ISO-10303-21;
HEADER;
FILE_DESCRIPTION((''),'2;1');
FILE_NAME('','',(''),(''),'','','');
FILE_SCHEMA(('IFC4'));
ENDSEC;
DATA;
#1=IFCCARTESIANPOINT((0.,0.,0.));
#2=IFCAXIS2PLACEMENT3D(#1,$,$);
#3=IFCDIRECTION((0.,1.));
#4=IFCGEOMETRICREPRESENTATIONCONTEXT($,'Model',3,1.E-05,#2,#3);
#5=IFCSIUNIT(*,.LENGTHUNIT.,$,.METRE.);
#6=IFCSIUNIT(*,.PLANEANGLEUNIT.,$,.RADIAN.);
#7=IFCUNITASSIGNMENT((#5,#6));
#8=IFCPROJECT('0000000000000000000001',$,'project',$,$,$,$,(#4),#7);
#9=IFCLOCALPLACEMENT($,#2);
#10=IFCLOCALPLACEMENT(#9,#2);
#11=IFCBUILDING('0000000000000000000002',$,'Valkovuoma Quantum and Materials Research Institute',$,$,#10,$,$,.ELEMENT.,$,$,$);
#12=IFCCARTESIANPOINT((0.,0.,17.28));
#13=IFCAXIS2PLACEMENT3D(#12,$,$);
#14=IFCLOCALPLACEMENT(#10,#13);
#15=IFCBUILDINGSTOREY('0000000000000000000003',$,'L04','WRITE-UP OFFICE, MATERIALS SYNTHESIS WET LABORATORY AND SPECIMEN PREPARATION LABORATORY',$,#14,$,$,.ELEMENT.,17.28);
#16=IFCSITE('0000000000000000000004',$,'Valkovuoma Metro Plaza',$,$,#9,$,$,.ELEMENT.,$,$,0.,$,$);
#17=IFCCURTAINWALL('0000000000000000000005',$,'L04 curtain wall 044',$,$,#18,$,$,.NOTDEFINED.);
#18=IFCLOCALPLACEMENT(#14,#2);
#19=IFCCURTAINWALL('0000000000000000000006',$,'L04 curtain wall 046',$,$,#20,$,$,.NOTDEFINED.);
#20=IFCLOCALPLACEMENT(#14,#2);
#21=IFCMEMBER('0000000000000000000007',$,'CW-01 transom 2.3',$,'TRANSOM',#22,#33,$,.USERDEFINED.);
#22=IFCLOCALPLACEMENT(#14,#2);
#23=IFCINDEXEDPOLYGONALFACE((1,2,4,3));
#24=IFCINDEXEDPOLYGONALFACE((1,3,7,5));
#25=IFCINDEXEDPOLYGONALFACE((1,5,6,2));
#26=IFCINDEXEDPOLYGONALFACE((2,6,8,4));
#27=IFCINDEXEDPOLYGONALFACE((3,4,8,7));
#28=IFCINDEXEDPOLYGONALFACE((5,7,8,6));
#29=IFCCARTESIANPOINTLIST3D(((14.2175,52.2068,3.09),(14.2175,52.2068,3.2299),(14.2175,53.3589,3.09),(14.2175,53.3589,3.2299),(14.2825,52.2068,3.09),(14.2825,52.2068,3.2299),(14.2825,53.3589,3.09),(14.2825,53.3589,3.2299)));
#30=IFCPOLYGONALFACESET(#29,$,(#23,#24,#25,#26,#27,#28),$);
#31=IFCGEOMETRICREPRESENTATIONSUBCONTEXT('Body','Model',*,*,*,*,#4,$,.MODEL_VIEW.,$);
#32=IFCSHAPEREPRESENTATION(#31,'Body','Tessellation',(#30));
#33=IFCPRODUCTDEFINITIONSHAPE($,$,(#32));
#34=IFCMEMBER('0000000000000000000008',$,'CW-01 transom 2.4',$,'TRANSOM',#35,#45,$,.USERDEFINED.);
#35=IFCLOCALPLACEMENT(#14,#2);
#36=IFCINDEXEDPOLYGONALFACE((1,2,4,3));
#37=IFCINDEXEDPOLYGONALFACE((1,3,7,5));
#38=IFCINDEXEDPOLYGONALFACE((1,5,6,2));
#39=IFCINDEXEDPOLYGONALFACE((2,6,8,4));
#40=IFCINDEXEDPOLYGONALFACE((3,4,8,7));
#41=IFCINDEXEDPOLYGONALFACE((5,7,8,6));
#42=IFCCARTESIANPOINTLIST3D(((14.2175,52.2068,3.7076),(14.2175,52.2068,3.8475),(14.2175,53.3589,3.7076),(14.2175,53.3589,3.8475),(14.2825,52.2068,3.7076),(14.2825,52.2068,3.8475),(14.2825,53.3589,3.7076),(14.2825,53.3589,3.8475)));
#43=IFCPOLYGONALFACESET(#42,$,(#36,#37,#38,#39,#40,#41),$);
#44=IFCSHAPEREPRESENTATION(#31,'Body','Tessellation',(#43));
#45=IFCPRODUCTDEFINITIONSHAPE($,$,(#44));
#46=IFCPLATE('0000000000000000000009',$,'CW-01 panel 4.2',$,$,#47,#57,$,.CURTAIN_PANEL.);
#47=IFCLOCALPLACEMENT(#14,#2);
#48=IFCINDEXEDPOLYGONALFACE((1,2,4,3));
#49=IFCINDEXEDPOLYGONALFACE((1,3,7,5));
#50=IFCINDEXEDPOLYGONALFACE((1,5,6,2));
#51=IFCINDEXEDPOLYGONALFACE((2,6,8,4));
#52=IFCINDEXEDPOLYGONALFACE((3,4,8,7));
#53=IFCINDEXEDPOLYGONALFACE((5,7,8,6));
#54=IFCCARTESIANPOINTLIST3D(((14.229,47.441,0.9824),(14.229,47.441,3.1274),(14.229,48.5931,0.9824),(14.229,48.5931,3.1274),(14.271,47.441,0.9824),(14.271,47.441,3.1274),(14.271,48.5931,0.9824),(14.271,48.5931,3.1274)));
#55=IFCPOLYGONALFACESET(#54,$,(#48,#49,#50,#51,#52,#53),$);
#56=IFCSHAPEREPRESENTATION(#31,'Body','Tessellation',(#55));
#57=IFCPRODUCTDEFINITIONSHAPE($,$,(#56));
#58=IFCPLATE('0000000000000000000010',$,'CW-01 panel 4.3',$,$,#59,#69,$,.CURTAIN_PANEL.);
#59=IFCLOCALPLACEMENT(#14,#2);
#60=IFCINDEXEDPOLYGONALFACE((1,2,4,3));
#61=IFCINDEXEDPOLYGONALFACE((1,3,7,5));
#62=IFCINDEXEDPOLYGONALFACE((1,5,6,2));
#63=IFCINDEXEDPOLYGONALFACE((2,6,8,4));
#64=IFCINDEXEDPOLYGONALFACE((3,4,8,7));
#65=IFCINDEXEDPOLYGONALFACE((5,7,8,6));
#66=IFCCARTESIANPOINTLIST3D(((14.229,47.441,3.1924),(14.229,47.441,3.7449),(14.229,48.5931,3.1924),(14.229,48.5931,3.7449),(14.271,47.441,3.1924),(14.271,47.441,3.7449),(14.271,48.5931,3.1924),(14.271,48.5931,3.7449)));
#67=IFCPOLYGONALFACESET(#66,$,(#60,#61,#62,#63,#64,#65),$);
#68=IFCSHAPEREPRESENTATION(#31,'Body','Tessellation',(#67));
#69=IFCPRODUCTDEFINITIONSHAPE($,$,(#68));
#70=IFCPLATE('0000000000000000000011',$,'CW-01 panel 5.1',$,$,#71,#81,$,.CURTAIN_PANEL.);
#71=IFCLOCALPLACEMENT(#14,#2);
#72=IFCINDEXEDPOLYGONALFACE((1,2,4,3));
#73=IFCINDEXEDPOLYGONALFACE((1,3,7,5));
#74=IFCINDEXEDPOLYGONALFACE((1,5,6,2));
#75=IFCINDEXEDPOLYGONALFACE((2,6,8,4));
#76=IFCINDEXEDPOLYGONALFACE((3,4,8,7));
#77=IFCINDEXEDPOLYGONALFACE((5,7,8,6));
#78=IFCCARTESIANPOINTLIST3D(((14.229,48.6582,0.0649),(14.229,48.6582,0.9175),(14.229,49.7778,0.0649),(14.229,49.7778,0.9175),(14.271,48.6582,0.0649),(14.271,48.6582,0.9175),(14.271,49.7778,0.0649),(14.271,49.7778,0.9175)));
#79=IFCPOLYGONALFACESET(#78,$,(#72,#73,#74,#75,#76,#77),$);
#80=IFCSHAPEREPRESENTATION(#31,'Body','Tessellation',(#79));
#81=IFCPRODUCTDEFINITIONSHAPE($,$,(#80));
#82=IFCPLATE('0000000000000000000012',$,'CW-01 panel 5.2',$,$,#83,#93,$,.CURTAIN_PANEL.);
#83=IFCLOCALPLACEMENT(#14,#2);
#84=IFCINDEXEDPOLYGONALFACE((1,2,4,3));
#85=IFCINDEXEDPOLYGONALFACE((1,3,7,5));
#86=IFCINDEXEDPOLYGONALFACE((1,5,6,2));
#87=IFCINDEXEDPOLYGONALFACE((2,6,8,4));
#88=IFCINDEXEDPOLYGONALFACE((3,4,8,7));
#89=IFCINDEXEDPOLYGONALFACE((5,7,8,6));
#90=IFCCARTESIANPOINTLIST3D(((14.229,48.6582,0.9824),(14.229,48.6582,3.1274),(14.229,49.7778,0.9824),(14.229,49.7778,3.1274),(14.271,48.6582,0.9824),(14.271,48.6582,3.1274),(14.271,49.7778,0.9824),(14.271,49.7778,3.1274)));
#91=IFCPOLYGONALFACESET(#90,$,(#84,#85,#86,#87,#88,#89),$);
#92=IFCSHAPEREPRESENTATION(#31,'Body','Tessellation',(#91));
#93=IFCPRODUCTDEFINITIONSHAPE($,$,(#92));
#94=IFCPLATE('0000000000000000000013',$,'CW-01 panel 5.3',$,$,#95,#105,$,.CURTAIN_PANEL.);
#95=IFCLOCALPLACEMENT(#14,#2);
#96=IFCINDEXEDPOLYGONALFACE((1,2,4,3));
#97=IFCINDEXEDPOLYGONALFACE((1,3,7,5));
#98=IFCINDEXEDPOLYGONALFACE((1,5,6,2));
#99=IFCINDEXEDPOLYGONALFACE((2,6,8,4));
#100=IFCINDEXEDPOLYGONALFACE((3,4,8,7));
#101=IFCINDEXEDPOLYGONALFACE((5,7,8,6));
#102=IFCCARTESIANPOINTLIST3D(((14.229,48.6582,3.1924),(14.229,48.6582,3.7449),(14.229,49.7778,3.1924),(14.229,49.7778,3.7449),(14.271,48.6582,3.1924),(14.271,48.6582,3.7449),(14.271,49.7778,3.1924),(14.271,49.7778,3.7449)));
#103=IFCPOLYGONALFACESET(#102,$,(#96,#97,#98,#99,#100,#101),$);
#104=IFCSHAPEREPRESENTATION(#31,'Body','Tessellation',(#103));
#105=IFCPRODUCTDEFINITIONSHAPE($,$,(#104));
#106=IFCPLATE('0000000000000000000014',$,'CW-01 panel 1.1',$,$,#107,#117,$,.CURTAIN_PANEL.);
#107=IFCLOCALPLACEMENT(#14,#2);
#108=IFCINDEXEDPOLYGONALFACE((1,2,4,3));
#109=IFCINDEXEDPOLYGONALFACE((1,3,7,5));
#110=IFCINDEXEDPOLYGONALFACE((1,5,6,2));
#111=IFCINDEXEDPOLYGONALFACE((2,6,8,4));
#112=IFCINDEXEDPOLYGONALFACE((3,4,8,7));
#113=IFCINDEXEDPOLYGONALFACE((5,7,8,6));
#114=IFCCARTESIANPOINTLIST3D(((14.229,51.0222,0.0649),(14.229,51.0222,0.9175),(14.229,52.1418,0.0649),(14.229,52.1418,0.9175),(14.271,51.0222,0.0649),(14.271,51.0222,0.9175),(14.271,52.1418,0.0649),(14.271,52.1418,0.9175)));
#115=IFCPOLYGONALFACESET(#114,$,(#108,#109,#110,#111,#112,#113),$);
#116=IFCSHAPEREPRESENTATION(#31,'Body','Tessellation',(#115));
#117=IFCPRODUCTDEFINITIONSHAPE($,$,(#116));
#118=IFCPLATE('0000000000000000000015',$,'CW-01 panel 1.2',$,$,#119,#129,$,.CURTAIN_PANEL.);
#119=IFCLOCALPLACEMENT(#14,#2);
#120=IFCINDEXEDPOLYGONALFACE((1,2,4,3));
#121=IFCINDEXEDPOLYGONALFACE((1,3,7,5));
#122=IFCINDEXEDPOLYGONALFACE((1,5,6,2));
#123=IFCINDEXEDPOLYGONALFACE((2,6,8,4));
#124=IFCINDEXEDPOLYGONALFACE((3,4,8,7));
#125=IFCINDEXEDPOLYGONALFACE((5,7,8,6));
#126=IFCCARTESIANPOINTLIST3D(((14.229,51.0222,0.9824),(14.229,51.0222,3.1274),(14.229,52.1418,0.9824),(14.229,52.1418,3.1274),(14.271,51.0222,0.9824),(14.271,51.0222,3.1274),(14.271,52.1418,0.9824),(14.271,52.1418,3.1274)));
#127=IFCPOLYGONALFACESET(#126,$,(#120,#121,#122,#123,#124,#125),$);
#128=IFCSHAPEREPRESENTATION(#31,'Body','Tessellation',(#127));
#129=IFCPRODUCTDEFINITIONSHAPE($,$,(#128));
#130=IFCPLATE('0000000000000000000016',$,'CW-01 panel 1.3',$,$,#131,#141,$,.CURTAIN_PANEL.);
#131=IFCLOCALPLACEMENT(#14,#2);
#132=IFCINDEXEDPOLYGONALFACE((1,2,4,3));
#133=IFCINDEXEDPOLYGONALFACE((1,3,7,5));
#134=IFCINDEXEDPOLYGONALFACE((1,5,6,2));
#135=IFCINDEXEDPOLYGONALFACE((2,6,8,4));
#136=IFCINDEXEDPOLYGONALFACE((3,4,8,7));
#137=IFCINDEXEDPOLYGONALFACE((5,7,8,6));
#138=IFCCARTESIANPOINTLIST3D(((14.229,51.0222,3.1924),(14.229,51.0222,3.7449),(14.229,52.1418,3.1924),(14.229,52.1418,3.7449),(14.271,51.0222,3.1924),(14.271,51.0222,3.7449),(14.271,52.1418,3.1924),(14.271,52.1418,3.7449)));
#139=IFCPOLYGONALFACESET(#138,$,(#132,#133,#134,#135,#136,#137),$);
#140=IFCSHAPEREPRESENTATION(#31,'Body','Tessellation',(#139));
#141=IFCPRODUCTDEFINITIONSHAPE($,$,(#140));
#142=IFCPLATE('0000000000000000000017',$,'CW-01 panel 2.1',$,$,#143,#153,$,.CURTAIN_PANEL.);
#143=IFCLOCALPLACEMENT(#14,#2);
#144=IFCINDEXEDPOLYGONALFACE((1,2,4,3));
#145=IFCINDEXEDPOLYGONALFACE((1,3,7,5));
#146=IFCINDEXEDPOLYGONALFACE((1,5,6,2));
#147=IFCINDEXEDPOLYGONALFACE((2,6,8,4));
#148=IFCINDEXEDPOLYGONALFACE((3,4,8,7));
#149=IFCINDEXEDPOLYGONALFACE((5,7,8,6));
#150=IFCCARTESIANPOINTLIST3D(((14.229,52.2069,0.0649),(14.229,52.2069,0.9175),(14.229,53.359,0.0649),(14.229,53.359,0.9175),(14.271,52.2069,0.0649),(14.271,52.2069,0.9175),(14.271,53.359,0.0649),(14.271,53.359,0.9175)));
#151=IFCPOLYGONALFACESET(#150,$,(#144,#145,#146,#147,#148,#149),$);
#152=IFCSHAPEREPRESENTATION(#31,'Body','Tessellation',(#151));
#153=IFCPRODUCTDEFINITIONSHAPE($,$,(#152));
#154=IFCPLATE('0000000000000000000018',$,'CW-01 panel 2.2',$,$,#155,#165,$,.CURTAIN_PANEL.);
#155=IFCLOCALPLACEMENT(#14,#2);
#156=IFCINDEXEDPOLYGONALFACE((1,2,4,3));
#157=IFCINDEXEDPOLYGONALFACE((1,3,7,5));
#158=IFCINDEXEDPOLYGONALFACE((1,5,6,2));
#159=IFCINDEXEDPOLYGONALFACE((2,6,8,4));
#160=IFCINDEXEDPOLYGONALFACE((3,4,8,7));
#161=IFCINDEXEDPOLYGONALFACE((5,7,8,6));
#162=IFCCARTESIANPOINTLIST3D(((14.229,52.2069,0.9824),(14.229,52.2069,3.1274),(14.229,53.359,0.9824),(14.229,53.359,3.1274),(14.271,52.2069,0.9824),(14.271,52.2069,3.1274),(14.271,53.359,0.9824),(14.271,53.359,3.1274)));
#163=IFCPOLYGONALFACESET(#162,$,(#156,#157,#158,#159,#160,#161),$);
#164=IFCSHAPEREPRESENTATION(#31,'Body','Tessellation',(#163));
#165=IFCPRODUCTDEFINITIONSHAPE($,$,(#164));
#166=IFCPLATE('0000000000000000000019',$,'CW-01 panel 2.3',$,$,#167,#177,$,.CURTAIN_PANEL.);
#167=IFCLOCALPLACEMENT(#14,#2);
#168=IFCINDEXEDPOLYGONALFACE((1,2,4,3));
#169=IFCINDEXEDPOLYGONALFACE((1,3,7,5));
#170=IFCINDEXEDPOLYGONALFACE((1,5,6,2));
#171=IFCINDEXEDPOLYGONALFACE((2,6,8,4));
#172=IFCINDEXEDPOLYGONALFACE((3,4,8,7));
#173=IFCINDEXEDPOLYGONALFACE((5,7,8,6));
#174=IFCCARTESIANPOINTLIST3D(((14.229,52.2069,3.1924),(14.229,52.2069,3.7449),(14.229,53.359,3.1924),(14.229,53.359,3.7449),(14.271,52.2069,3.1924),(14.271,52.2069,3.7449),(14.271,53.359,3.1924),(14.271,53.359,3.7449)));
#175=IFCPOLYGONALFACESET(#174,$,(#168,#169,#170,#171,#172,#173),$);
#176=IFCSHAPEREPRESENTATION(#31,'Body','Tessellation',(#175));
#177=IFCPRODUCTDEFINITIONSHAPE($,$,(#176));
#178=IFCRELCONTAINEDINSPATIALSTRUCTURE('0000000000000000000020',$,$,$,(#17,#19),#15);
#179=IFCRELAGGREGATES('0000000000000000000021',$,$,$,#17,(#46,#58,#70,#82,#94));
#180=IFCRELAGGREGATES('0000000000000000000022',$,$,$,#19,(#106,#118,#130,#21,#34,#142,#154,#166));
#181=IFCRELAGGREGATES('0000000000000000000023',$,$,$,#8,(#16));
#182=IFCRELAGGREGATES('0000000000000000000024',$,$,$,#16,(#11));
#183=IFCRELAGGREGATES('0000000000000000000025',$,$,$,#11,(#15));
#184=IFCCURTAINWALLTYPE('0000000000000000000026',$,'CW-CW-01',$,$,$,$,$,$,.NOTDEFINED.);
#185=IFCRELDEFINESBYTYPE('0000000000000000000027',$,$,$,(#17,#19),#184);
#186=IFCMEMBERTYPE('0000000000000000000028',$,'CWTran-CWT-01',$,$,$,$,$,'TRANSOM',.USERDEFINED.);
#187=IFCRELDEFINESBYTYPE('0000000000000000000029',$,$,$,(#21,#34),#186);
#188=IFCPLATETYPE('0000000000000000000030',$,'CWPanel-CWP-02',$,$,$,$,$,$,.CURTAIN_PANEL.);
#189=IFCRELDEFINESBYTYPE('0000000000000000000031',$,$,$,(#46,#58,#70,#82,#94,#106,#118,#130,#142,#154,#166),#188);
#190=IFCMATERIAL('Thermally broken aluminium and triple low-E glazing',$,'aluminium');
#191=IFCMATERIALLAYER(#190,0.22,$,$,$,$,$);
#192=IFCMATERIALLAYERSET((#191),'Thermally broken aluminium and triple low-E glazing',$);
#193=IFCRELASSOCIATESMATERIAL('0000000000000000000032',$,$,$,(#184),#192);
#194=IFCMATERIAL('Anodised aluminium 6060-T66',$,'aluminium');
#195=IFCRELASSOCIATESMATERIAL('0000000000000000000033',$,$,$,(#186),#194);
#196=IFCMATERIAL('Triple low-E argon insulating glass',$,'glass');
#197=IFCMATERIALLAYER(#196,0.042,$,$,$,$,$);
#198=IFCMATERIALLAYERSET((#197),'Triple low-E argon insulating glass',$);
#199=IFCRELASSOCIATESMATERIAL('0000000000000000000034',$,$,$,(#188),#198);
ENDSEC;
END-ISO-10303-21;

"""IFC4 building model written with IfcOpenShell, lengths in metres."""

from ifc_helpers import new_model, si_unit, direction, frame, origin, origin_2d, place, context, subcontext, project, spatial, rectangle, extrude, material, layer, layer_set, material_profile, profile_set, type_object, element, aggregate, save


model = new_model("IFC4")

# Units and contexts
model_context = context("Model", 3, precision=1e-05, world=origin(), true_north=direction((0.0, 1.0)))
body_context = subcontext(model_context, "Body", "Model", "MODEL_VIEW")
ifc_project = project(units=[si_unit("LENGTHUNIT", "METRE"), si_unit("PLANEANGLEUNIT", "RADIAN")], contexts=[model_context])

# Site, building, storey
site_placement = place(None, origin())
site = spatial("IfcSite", under=ifc_project, at=site_placement, Name="Valkovuoma Metro Plaza", CompositionType="ELEMENT", RefElevation=0.0)
building_placement = place(site_placement, origin())
building = spatial("IfcBuilding", under=site, at=building_placement, Name="Valkovuoma Quantum and Materials Research Institute", CompositionType="ELEMENT")
storey_placement = place(building_placement, frame((0.0, 0.0, 17.28)))
storey = spatial("IfcBuildingStorey", under=building, at=storey_placement, Name="L04", Description="WRITE-UP OFFICE, MATERIALS SYNTHESIS WET LABORATORY AND SPECIMEN PREPARATION LABORATORY", CompositionType="ELEMENT", Elevation=17.28)

# Curtain walls
ifc_material_1 = material(Name="Thermally broken aluminium and triple low-E glazing", Category="aluminium")
ifc_layer_1 = layer(ifc_material_1, 0.22)
ifc_layer_set_1 = layer_set([ifc_layer_1], Name="Thermally broken aluminium and triple low-E glazing")
curtain_wall_type = type_object("IfcCurtainWallType", Name="CW-CW-01", PredefinedType="NOTDEFINED", material=ifc_layer_set_1)
curtain_wall_1_placement = place(storey_placement, origin())
curtain_wall_1 = element("IfcCurtainWall", 1, at=curtain_wall_1_placement, inside=storey, type_object=curtain_wall_type, Name="L04 curtain wall 044", PredefinedType="NOTDEFINED")
curtain_wall_2_placement = place(storey_placement, origin())
curtain_wall_2 = element("IfcCurtainWall", 2, at=curtain_wall_2_placement, inside=storey, type_object=curtain_wall_type, Name="L04 curtain wall 046", PredefinedType="NOTDEFINED")

# Members
ifc_material_2 = material(Name="Anodised aluminium 6060-T66", Category="aluminium")
ifc_material_profile_1 = material_profile(ifc_material_2, rectangle(XDim=0.0649, YDim=0.1399, at=origin_2d()), Name="Anodised aluminium 6060-T66")
ifc_profile_set_1 = profile_set([ifc_material_profile_1], Name="Anodised aluminium 6060-T66")
member_type_1 = type_object("IfcMemberType", Name="CWTran-CWT-01", ElementType="TRANSOM", PredefinedType="USERDEFINED", material=ifc_profile_set_1)
member_1_placement = place(storey_placement, frame((14.25, 52.2068, 3.1599), z_axis=(0.0, 1.0, 0.0), x_axis=(-1.0, 0.0, 0.0)))
member_1 = element("IfcMember", 3, at=member_1_placement, type_object=member_type_1, Name="CW-01 transom 2.3", ObjectType="TRANSOM", PredefinedType="USERDEFINED", context=body_context, shape_type="SweptSolid", body=[
    extrude(rectangle(XDim=0.0649, YDim=0.1399, at=origin_2d()), origin(), (0.0, 0.0, 1.0), 1.1521),
])
member_2_placement = place(storey_placement, frame((14.25, 52.2068, 3.7776), z_axis=(0.0, 1.0, 0.0), x_axis=(-1.0, 0.0, 0.0)))
member_2 = element("IfcMember", 4, at=member_2_placement, type_object=member_type_1, Name="CW-01 transom 2.4", ObjectType="TRANSOM", PredefinedType="USERDEFINED", context=body_context, shape_type="SweptSolid", body=[
    extrude(rectangle(XDim=0.0649, YDim=0.1399, at=origin_2d()), origin(), (0.0, 0.0, 1.0), 1.1521),
])

# Plates
ifc_material_3 = material(Name="Triple low-E argon insulating glass", Category="glass")
ifc_layer_2 = layer(ifc_material_3, 0.042)
ifc_layer_set_2 = layer_set([ifc_layer_2], Name="Triple low-E argon insulating glass")
plate_type = type_object("IfcPlateType", Name="CWPanel-CWP-02", PredefinedType="CURTAIN_PANEL", material=ifc_layer_set_2)
plate_1_placement = place(storey_placement, frame((14.25, 48.0171, 0.9824), z_axis=(0.0, 0.0, 1.0), x_axis=(0.0, 1.0, 0.0)))
plate_1 = element("IfcPlate", 5, at=plate_1_placement, type_object=plate_type, Name="CW-01 panel 4.2", PredefinedType="CURTAIN_PANEL", context=body_context, shape_type="SweptSolid", body=[
    extrude(rectangle(XDim=1.1521, YDim=0.042, at=origin_2d()), origin(), (0.0, 0.0, 1.0), 2.145),
])
plate_2_placement = place(storey_placement, frame((14.25, 48.0171, 3.1924), z_axis=(0.0, 0.0, 1.0), x_axis=(0.0, 1.0, 0.0)))
plate_2 = element("IfcPlate", 6, at=plate_2_placement, type_object=plate_type, Name="CW-01 panel 4.3", PredefinedType="CURTAIN_PANEL", context=body_context, shape_type="SweptSolid", body=[
    extrude(rectangle(XDim=1.1521, YDim=0.042, at=origin_2d()), origin(), (0.0, 0.0, 1.0), 0.5525),
])
plate_3_placement = place(storey_placement, frame((14.25, 49.218, 0.0649), z_axis=(0.0, 0.0, 1.0), x_axis=(0.0, 1.0, 0.0)))
plate_3 = element("IfcPlate", 7, at=plate_3_placement, type_object=plate_type, Name="CW-01 panel 5.1", PredefinedType="CURTAIN_PANEL", context=body_context, shape_type="SweptSolid", body=[
    extrude(rectangle(XDim=1.1196, YDim=0.042, at=origin_2d()), origin(), (0.0, 0.0, 1.0), 0.8525),
])
plate_4_placement = place(storey_placement, frame((14.25, 49.218, 0.9824), z_axis=(0.0, 0.0, 1.0), x_axis=(0.0, 1.0, 0.0)))
plate_4 = element("IfcPlate", 8, at=plate_4_placement, type_object=plate_type, Name="CW-01 panel 5.2", PredefinedType="CURTAIN_PANEL", context=body_context, shape_type="SweptSolid", body=[
    extrude(rectangle(XDim=1.1196, YDim=0.042, at=origin_2d()), origin(), (0.0, 0.0, 1.0), 2.145),
])
plate_5_placement = place(storey_placement, frame((14.25, 49.218, 3.1924), z_axis=(0.0, 0.0, 1.0), x_axis=(0.0, 1.0, 0.0)))
plate_5 = element("IfcPlate", 9, at=plate_5_placement, type_object=plate_type, Name="CW-01 panel 5.3", PredefinedType="CURTAIN_PANEL", context=body_context, shape_type="SweptSolid", body=[
    extrude(rectangle(XDim=1.1196, YDim=0.042, at=origin_2d()), origin(), (0.0, 0.0, 1.0), 0.5525),
])
aggregate(curtain_wall_1, [plate_1, plate_2, plate_3, plate_4, plate_5])
plate_6_placement = place(storey_placement, frame((14.25, 51.582, 0.0649), z_axis=(0.0, 0.0, 1.0), x_axis=(0.0, 1.0, 0.0)))
plate_6 = element("IfcPlate", 10, at=plate_6_placement, type_object=plate_type, Name="CW-01 panel 1.1", PredefinedType="CURTAIN_PANEL", context=body_context, shape_type="SweptSolid", body=[
    extrude(rectangle(XDim=1.1196, YDim=0.042, at=origin_2d()), origin(), (0.0, 0.0, 1.0), 0.8525),
])
plate_7_placement = place(storey_placement, frame((14.25, 51.582, 0.9824), z_axis=(0.0, 0.0, 1.0), x_axis=(0.0, 1.0, 0.0)))
plate_7 = element("IfcPlate", 11, at=plate_7_placement, type_object=plate_type, Name="CW-01 panel 1.2", PredefinedType="CURTAIN_PANEL", context=body_context, shape_type="SweptSolid", body=[
    extrude(rectangle(XDim=1.1196, YDim=0.042, at=origin_2d()), origin(), (0.0, 0.0, 1.0), 2.145),
])
plate_8_placement = place(storey_placement, frame((14.25, 51.582, 3.1924), z_axis=(0.0, 0.0, 1.0), x_axis=(0.0, 1.0, 0.0)))
plate_8 = element("IfcPlate", 12, at=plate_8_placement, type_object=plate_type, Name="CW-01 panel 1.3", PredefinedType="CURTAIN_PANEL", context=body_context, shape_type="SweptSolid", body=[
    extrude(rectangle(XDim=1.1196, YDim=0.042, at=origin_2d()), origin(), (0.0, 0.0, 1.0), 0.5525),
])
plate_9_placement = place(storey_placement, frame((14.25, 52.783, 0.0649), z_axis=(0.0, 0.0, 1.0), x_axis=(0.0, 1.0, 0.0)))
plate_9 = element("IfcPlate", 13, at=plate_9_placement, type_object=plate_type, Name="CW-01 panel 2.1", PredefinedType="CURTAIN_PANEL", context=body_context, shape_type="SweptSolid", body=[
    extrude(rectangle(XDim=1.1521, YDim=0.042, at=origin_2d()), origin(), (0.0, 0.0, 1.0), 0.8525),
])
plate_10_placement = place(storey_placement, frame((14.25, 52.783, 0.9824), z_axis=(0.0, 0.0, 1.0), x_axis=(0.0, 1.0, 0.0)))
plate_10 = element("IfcPlate", 14, at=plate_10_placement, type_object=plate_type, Name="CW-01 panel 2.2", PredefinedType="CURTAIN_PANEL", context=body_context, shape_type="SweptSolid", body=[
    extrude(rectangle(XDim=1.1521, YDim=0.042, at=origin_2d()), origin(), (0.0, 0.0, 1.0), 2.145),
])
plate_11_placement = place(storey_placement, frame((14.25, 52.783, 3.1924), z_axis=(0.0, 0.0, 1.0), x_axis=(0.0, 1.0, 0.0)))
plate_11 = element("IfcPlate", 15, at=plate_11_placement, type_object=plate_type, Name="CW-01 panel 2.3", PredefinedType="CURTAIN_PANEL", context=body_context, shape_type="SweptSolid", body=[
    extrude(rectangle(XDim=1.1521, YDim=0.042, at=origin_2d()), origin(), (0.0, 0.0, 1.0), 0.5525),
])
aggregate(curtain_wall_2, [plate_6, plate_7, plate_8, member_1, member_2, plate_9, plate_10, plate_11])

save(model, "model.ifc")
